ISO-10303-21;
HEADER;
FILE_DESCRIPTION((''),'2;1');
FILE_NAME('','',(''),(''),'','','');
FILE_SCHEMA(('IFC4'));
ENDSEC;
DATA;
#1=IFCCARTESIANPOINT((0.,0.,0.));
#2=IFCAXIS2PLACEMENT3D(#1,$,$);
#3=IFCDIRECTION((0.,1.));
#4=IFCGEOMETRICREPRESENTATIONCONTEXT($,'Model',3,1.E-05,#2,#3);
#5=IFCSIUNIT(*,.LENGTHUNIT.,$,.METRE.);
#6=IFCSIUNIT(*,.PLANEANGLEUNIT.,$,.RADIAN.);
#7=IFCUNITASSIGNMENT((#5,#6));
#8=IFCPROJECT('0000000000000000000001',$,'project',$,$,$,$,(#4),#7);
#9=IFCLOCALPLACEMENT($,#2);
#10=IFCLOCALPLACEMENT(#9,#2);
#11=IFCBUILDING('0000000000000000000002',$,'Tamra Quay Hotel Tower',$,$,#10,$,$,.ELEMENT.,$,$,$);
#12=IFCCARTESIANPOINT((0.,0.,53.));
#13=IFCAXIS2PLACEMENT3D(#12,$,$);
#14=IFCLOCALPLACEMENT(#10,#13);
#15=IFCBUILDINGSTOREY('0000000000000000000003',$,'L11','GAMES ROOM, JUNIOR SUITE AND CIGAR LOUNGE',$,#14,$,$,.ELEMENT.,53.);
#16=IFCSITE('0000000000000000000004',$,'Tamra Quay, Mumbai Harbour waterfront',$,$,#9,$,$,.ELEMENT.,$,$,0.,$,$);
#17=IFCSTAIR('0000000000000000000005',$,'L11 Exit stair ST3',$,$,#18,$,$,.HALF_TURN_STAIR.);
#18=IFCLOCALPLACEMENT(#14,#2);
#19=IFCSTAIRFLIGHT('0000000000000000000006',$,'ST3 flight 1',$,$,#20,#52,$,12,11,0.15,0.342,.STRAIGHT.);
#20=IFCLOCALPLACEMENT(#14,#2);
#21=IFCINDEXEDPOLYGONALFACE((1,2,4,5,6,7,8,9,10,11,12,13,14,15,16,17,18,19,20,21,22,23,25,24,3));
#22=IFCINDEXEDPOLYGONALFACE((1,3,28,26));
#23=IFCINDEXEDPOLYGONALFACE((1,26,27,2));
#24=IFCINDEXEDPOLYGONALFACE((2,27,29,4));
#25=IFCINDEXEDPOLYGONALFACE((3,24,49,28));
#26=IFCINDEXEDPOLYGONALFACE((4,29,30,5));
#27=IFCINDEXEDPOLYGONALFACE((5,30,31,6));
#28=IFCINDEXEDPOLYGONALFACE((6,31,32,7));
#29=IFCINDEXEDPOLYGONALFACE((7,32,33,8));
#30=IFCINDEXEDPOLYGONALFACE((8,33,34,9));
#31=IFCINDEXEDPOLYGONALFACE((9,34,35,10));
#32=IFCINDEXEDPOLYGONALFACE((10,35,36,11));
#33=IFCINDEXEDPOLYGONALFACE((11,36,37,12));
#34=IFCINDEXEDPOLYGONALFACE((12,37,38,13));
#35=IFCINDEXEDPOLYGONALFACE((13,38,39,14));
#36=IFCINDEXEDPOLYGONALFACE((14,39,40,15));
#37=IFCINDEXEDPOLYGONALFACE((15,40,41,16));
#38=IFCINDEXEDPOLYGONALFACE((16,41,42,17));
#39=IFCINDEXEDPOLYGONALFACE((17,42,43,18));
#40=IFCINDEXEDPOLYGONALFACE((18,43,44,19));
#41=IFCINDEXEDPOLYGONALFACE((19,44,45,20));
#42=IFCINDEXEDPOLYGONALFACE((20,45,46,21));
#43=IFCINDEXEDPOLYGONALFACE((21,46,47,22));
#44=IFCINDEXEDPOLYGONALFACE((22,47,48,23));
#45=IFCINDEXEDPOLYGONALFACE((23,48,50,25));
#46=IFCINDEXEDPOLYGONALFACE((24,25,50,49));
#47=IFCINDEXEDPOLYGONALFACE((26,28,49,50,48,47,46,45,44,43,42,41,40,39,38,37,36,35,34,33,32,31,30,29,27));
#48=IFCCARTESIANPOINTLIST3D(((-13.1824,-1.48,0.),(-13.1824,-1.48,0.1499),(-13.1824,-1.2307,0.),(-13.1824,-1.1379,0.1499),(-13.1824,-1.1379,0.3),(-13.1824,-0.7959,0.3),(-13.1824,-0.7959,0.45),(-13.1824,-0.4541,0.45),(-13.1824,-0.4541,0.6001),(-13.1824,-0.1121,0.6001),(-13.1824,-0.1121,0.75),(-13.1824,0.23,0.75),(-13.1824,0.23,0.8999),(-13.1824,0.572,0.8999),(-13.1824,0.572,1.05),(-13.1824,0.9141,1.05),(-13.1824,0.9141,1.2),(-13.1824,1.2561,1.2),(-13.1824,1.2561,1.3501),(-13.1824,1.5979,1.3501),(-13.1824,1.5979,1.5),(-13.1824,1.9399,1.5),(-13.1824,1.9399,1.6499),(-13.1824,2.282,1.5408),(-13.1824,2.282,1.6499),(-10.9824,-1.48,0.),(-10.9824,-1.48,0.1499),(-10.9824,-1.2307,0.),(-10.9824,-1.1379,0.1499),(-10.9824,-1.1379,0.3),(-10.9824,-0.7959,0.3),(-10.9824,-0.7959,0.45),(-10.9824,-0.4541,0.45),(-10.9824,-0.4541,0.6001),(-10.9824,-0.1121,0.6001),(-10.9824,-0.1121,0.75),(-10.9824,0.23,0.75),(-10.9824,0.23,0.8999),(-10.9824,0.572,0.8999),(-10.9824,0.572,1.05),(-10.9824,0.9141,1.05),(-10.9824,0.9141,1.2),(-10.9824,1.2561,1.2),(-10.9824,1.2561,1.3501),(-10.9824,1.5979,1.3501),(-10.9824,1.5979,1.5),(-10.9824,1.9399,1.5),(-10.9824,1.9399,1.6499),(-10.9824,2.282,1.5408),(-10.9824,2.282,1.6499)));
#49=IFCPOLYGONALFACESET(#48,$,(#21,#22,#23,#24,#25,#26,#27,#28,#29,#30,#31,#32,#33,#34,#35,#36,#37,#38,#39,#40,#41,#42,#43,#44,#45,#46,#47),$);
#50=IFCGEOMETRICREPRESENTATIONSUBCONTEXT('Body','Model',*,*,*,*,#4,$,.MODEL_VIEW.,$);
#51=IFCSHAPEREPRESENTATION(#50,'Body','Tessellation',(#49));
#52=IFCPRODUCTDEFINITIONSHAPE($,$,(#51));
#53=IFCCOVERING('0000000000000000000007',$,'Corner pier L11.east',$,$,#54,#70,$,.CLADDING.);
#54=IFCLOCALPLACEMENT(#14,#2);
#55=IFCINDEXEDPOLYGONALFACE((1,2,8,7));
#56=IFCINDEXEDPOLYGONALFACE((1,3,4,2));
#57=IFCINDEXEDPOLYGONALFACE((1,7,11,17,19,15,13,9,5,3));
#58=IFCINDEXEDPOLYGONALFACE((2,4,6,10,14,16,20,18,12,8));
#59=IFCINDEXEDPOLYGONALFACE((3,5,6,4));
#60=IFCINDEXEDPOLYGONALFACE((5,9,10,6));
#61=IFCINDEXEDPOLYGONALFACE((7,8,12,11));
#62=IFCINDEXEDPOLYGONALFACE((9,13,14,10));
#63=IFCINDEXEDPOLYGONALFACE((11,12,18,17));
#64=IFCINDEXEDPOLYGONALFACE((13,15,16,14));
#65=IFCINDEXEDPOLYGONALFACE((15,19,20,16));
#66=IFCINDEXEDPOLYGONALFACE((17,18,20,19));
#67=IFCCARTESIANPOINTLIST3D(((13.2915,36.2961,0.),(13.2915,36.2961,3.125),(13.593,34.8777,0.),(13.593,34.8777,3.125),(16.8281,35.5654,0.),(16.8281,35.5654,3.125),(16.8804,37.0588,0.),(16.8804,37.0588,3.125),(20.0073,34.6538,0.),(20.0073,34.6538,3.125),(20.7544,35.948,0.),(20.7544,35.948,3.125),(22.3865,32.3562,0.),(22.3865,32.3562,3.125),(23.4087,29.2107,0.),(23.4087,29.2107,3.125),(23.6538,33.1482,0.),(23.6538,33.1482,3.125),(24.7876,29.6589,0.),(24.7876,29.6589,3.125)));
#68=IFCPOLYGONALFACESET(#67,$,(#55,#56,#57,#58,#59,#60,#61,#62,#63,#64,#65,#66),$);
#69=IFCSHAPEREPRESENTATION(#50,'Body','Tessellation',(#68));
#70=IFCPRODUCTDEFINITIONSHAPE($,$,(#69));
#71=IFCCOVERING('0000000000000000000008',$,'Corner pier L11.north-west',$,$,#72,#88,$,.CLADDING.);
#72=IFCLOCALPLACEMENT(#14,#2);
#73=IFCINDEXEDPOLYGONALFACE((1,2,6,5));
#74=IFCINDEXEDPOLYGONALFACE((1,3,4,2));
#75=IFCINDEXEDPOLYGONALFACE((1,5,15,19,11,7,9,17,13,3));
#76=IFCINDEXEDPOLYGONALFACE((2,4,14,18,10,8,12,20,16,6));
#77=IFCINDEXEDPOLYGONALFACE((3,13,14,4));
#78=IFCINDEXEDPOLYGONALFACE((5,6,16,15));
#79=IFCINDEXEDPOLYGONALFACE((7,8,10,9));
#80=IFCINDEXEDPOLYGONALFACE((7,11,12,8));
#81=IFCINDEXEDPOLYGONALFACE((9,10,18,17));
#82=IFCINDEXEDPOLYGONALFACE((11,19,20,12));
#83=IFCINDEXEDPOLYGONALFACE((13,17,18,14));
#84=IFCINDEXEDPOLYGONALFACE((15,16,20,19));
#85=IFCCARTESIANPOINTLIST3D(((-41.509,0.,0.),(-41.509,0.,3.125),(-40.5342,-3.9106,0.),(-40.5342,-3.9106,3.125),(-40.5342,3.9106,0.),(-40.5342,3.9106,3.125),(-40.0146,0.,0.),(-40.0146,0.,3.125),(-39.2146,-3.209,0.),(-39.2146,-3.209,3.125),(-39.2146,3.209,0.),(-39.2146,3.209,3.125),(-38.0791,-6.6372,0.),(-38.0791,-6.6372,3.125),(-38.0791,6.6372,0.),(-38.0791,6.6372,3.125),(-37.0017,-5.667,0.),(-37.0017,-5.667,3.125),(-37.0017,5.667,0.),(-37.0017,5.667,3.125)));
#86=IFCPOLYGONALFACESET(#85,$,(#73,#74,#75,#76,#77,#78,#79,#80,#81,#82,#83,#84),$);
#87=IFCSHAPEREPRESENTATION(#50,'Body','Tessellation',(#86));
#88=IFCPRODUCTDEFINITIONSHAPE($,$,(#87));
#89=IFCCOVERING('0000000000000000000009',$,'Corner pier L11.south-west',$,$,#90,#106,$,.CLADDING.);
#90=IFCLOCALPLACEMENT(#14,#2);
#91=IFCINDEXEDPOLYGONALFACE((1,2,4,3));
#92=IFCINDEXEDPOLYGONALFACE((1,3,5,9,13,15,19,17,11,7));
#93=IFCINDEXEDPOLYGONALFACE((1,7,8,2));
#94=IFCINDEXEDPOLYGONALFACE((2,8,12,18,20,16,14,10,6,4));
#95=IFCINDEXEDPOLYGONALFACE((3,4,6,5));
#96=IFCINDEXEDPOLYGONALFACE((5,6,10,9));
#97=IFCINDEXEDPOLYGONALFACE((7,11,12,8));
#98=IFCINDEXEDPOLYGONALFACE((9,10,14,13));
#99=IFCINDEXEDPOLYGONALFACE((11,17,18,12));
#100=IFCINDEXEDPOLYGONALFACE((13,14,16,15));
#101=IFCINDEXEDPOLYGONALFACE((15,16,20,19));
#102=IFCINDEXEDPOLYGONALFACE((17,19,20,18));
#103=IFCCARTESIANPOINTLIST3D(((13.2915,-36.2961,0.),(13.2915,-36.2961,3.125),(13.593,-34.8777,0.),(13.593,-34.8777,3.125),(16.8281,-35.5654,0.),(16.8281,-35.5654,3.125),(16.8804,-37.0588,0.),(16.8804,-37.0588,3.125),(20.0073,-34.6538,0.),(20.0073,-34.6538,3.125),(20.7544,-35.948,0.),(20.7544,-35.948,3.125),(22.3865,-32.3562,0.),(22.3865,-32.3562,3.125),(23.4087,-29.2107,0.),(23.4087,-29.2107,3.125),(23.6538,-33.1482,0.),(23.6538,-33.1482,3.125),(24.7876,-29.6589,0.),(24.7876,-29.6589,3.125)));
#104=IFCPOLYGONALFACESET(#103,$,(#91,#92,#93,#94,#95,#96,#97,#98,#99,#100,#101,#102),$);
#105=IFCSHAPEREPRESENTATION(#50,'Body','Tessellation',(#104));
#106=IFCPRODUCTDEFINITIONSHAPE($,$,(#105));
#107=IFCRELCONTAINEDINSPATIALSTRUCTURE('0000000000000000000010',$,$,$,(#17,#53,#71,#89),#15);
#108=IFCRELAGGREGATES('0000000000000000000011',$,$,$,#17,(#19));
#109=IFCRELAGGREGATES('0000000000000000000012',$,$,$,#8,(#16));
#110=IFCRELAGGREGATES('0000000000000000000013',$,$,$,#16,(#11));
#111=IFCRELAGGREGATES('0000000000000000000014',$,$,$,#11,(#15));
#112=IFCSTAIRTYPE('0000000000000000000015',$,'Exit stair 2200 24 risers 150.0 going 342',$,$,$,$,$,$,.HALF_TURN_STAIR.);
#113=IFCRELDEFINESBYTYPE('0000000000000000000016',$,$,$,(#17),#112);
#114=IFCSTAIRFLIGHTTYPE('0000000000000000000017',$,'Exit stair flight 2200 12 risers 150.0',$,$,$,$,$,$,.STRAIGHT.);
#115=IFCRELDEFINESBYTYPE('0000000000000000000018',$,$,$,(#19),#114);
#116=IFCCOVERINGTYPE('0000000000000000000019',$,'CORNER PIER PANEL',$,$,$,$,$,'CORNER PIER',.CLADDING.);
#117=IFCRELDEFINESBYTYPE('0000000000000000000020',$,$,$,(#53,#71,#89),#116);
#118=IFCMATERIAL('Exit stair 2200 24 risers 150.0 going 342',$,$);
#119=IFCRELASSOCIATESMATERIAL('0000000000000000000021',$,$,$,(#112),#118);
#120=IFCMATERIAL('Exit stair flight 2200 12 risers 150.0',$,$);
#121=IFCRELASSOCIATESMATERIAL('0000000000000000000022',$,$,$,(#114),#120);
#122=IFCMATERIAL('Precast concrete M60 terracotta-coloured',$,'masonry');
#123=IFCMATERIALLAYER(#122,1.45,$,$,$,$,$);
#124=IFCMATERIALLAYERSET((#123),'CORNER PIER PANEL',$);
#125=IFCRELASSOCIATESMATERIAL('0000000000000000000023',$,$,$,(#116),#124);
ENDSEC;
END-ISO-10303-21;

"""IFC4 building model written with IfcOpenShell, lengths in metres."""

from ifc_helpers import new_model, si_unit, direction, frame, origin, place, context, subcontext, project, spatial, polyline, outline, extrude, material, layer, layer_set, type_object, element, aggregate, save


model = new_model("IFC4")

# Units and contexts
model_context = context("Model", 3, precision=1e-05, world=origin(), true_north=direction((0.0, 1.0)))
body_context = subcontext(model_context, "Body", "Model", "MODEL_VIEW")
ifc_project = project(units=[si_unit("LENGTHUNIT", "METRE"), si_unit("PLANEANGLEUNIT", "RADIAN")], contexts=[model_context])

# Site, building, storey
site_placement = place(None, origin())
site = spatial("IfcSite", under=ifc_project, at=site_placement, Name="Tamra Quay, Mumbai Harbour waterfront", CompositionType="ELEMENT", RefElevation=0.0)
building_placement = place(site_placement, origin())
building = spatial("IfcBuilding", under=site, at=building_placement, Name="Tamra Quay Hotel Tower", CompositionType="ELEMENT")
storey_placement = place(building_placement, frame((0.0, 0.0, 53.0)))
storey = spatial("IfcBuildingStorey", under=building, at=storey_placement, Name="L11", Description="GAMES ROOM, JUNIOR SUITE AND CIGAR LOUNGE", CompositionType="ELEMENT", Elevation=53.0)

# Stair
ifc_material_1 = material(Name="Exit stair 2200 24 risers 150.0 going 342")
stair_type = type_object("IfcStairType", Name="Exit stair 2200 24 risers 150.0 going 342", PredefinedType="HALF_TURN_STAIR", material=ifc_material_1)
stair_1_placement = place(storey_placement, origin())
stair_1 = element("IfcStair", 1, at=stair_1_placement, inside=storey, type_object=stair_type, Name="L11 Exit stair ST3", PredefinedType="HALF_TURN_STAIR")

# Stair flight
ifc_material_2 = material(Name="Exit stair flight 2200 12 risers 150.0")
stair_flight_type = type_object("IfcStairFlightType", Name="Exit stair flight 2200 12 risers 150.0", PredefinedType="STRAIGHT", material=ifc_material_2)
stair_flight_placement = place(storey_placement, frame((-12.0823, -1.48, 0.0), z_axis=(0.0, 0.0, 1.0), x_axis=(0.0, 1.0, 0.0)))
stair_flight = element("IfcStairFlight", 2, at=stair_flight_placement, type_object=stair_flight_type, Name="ST3 flight 1", NumberOfRisers=12, NumberOfTreads=11, PredefinedType="STRAIGHT", RiserHeight=0.15, TreadLength=0.342, context=body_context, shape_type="SweptSolid", body=[
    extrude(outline(polyline([(0.0, 0.0), (0.0, 0.1499), (0.342, 0.1499), (0.342, 0.3), (0.6841, 0.3), (0.6841, 0.45), (1.0259, 0.45), (1.0259, 0.6001), (1.3679, 0.6001), (1.3679, 0.75), (1.71, 0.75), (1.71, 0.8999), (2.052, 0.8999), (2.052, 1.05), (2.394, 1.05), (2.394, 1.2), (2.7361, 1.2), (2.7361, 1.3501), (3.0779, 1.3501), (3.0779, 1.5), (3.4199, 1.5), (3.4199, 1.6499), (3.762, 1.6499), (3.762, 1.8), (3.762, 1.5408), (0.2493, 0.0), (0.0, 0.0)])), frame((0.0, 1.1001, 0.0), z_axis=(0.0, -1.0, 0.0), x_axis=(1.0, 0.0, 0.0)), (0.0, 0.0, 1.0), 2.2),
])
aggregate(stair_1, [stair_flight])

# Coverings
ifc_material_3 = material(Name="Precast concrete M60 terracotta-coloured", Category="masonry")
ifc_layer_1 = layer(ifc_material_3, 1.45)
ifc_layer_set_1 = layer_set([ifc_layer_1], Name="CORNER PIER PANEL")
covering_type = type_object("IfcCoveringType", Name="CORNER PIER PANEL", ElementType="CORNER PIER", PredefinedType="CLADDING", material=ifc_layer_set_1)
covering_1_placement = place(storey_placement, origin())
element("IfcCovering", 3, at=covering_1_placement, inside=storey, type_object=covering_type, Name="Corner pier L11.east", PredefinedType="CLADDING", context=body_context, shape_type="SweptSolid", body=[
    extrude(outline(polyline([(23.4087, 29.2107), (24.7876, 29.6589), (23.6538, 33.1482), (20.7544, 35.948), (16.8804, 37.0588), (13.2915, 36.2961), (13.593, 34.8777), (16.8281, 35.5654), (20.0073, 34.6538), (22.3865, 32.3562), (23.4087, 29.2107)])), origin(), (0.0, 0.0, 1.0), 3.125),
])
covering_2_placement = place(storey_placement, origin())
element("IfcCovering", 4, at=covering_2_placement, inside=storey, type_object=covering_type, Name="Corner pier L11.north-west", PredefinedType="CLADDING", context=body_context, shape_type="SweptSolid", body=[
    extrude(outline(polyline([(-37.0017, 5.667), (-38.0791, 6.6372), (-40.5342, 3.9106), (-41.509, 0.0), (-40.5342, -3.9106), (-38.0791, -6.6372), (-37.0017, -5.667), (-39.2146, -3.209), (-40.0146, 0.0), (-39.2146, 3.209), (-37.0017, 5.667)])), origin(), (0.0, 0.0, 1.0), 3.125),
])
covering_3_placement = place(storey_placement, origin())
element("IfcCovering", 5, at=covering_3_placement, inside=storey, type_object=covering_type, Name="Corner pier L11.south-west", PredefinedType="CLADDING", context=body_context, shape_type="SweptSolid", body=[
    extrude(outline(polyline([(13.593, -34.8777), (13.2915, -36.2961), (16.8804, -37.0588), (20.7544, -35.948), (23.6538, -33.1482), (24.7876, -29.6589), (23.4087, -29.2107), (22.3865, -32.3562), (20.0073, -34.6538), (16.8281, -35.5654), (13.593, -34.8777)])), origin(), (0.0, 0.0, 1.0), 3.125),
])

save(model, "model.ifc")
